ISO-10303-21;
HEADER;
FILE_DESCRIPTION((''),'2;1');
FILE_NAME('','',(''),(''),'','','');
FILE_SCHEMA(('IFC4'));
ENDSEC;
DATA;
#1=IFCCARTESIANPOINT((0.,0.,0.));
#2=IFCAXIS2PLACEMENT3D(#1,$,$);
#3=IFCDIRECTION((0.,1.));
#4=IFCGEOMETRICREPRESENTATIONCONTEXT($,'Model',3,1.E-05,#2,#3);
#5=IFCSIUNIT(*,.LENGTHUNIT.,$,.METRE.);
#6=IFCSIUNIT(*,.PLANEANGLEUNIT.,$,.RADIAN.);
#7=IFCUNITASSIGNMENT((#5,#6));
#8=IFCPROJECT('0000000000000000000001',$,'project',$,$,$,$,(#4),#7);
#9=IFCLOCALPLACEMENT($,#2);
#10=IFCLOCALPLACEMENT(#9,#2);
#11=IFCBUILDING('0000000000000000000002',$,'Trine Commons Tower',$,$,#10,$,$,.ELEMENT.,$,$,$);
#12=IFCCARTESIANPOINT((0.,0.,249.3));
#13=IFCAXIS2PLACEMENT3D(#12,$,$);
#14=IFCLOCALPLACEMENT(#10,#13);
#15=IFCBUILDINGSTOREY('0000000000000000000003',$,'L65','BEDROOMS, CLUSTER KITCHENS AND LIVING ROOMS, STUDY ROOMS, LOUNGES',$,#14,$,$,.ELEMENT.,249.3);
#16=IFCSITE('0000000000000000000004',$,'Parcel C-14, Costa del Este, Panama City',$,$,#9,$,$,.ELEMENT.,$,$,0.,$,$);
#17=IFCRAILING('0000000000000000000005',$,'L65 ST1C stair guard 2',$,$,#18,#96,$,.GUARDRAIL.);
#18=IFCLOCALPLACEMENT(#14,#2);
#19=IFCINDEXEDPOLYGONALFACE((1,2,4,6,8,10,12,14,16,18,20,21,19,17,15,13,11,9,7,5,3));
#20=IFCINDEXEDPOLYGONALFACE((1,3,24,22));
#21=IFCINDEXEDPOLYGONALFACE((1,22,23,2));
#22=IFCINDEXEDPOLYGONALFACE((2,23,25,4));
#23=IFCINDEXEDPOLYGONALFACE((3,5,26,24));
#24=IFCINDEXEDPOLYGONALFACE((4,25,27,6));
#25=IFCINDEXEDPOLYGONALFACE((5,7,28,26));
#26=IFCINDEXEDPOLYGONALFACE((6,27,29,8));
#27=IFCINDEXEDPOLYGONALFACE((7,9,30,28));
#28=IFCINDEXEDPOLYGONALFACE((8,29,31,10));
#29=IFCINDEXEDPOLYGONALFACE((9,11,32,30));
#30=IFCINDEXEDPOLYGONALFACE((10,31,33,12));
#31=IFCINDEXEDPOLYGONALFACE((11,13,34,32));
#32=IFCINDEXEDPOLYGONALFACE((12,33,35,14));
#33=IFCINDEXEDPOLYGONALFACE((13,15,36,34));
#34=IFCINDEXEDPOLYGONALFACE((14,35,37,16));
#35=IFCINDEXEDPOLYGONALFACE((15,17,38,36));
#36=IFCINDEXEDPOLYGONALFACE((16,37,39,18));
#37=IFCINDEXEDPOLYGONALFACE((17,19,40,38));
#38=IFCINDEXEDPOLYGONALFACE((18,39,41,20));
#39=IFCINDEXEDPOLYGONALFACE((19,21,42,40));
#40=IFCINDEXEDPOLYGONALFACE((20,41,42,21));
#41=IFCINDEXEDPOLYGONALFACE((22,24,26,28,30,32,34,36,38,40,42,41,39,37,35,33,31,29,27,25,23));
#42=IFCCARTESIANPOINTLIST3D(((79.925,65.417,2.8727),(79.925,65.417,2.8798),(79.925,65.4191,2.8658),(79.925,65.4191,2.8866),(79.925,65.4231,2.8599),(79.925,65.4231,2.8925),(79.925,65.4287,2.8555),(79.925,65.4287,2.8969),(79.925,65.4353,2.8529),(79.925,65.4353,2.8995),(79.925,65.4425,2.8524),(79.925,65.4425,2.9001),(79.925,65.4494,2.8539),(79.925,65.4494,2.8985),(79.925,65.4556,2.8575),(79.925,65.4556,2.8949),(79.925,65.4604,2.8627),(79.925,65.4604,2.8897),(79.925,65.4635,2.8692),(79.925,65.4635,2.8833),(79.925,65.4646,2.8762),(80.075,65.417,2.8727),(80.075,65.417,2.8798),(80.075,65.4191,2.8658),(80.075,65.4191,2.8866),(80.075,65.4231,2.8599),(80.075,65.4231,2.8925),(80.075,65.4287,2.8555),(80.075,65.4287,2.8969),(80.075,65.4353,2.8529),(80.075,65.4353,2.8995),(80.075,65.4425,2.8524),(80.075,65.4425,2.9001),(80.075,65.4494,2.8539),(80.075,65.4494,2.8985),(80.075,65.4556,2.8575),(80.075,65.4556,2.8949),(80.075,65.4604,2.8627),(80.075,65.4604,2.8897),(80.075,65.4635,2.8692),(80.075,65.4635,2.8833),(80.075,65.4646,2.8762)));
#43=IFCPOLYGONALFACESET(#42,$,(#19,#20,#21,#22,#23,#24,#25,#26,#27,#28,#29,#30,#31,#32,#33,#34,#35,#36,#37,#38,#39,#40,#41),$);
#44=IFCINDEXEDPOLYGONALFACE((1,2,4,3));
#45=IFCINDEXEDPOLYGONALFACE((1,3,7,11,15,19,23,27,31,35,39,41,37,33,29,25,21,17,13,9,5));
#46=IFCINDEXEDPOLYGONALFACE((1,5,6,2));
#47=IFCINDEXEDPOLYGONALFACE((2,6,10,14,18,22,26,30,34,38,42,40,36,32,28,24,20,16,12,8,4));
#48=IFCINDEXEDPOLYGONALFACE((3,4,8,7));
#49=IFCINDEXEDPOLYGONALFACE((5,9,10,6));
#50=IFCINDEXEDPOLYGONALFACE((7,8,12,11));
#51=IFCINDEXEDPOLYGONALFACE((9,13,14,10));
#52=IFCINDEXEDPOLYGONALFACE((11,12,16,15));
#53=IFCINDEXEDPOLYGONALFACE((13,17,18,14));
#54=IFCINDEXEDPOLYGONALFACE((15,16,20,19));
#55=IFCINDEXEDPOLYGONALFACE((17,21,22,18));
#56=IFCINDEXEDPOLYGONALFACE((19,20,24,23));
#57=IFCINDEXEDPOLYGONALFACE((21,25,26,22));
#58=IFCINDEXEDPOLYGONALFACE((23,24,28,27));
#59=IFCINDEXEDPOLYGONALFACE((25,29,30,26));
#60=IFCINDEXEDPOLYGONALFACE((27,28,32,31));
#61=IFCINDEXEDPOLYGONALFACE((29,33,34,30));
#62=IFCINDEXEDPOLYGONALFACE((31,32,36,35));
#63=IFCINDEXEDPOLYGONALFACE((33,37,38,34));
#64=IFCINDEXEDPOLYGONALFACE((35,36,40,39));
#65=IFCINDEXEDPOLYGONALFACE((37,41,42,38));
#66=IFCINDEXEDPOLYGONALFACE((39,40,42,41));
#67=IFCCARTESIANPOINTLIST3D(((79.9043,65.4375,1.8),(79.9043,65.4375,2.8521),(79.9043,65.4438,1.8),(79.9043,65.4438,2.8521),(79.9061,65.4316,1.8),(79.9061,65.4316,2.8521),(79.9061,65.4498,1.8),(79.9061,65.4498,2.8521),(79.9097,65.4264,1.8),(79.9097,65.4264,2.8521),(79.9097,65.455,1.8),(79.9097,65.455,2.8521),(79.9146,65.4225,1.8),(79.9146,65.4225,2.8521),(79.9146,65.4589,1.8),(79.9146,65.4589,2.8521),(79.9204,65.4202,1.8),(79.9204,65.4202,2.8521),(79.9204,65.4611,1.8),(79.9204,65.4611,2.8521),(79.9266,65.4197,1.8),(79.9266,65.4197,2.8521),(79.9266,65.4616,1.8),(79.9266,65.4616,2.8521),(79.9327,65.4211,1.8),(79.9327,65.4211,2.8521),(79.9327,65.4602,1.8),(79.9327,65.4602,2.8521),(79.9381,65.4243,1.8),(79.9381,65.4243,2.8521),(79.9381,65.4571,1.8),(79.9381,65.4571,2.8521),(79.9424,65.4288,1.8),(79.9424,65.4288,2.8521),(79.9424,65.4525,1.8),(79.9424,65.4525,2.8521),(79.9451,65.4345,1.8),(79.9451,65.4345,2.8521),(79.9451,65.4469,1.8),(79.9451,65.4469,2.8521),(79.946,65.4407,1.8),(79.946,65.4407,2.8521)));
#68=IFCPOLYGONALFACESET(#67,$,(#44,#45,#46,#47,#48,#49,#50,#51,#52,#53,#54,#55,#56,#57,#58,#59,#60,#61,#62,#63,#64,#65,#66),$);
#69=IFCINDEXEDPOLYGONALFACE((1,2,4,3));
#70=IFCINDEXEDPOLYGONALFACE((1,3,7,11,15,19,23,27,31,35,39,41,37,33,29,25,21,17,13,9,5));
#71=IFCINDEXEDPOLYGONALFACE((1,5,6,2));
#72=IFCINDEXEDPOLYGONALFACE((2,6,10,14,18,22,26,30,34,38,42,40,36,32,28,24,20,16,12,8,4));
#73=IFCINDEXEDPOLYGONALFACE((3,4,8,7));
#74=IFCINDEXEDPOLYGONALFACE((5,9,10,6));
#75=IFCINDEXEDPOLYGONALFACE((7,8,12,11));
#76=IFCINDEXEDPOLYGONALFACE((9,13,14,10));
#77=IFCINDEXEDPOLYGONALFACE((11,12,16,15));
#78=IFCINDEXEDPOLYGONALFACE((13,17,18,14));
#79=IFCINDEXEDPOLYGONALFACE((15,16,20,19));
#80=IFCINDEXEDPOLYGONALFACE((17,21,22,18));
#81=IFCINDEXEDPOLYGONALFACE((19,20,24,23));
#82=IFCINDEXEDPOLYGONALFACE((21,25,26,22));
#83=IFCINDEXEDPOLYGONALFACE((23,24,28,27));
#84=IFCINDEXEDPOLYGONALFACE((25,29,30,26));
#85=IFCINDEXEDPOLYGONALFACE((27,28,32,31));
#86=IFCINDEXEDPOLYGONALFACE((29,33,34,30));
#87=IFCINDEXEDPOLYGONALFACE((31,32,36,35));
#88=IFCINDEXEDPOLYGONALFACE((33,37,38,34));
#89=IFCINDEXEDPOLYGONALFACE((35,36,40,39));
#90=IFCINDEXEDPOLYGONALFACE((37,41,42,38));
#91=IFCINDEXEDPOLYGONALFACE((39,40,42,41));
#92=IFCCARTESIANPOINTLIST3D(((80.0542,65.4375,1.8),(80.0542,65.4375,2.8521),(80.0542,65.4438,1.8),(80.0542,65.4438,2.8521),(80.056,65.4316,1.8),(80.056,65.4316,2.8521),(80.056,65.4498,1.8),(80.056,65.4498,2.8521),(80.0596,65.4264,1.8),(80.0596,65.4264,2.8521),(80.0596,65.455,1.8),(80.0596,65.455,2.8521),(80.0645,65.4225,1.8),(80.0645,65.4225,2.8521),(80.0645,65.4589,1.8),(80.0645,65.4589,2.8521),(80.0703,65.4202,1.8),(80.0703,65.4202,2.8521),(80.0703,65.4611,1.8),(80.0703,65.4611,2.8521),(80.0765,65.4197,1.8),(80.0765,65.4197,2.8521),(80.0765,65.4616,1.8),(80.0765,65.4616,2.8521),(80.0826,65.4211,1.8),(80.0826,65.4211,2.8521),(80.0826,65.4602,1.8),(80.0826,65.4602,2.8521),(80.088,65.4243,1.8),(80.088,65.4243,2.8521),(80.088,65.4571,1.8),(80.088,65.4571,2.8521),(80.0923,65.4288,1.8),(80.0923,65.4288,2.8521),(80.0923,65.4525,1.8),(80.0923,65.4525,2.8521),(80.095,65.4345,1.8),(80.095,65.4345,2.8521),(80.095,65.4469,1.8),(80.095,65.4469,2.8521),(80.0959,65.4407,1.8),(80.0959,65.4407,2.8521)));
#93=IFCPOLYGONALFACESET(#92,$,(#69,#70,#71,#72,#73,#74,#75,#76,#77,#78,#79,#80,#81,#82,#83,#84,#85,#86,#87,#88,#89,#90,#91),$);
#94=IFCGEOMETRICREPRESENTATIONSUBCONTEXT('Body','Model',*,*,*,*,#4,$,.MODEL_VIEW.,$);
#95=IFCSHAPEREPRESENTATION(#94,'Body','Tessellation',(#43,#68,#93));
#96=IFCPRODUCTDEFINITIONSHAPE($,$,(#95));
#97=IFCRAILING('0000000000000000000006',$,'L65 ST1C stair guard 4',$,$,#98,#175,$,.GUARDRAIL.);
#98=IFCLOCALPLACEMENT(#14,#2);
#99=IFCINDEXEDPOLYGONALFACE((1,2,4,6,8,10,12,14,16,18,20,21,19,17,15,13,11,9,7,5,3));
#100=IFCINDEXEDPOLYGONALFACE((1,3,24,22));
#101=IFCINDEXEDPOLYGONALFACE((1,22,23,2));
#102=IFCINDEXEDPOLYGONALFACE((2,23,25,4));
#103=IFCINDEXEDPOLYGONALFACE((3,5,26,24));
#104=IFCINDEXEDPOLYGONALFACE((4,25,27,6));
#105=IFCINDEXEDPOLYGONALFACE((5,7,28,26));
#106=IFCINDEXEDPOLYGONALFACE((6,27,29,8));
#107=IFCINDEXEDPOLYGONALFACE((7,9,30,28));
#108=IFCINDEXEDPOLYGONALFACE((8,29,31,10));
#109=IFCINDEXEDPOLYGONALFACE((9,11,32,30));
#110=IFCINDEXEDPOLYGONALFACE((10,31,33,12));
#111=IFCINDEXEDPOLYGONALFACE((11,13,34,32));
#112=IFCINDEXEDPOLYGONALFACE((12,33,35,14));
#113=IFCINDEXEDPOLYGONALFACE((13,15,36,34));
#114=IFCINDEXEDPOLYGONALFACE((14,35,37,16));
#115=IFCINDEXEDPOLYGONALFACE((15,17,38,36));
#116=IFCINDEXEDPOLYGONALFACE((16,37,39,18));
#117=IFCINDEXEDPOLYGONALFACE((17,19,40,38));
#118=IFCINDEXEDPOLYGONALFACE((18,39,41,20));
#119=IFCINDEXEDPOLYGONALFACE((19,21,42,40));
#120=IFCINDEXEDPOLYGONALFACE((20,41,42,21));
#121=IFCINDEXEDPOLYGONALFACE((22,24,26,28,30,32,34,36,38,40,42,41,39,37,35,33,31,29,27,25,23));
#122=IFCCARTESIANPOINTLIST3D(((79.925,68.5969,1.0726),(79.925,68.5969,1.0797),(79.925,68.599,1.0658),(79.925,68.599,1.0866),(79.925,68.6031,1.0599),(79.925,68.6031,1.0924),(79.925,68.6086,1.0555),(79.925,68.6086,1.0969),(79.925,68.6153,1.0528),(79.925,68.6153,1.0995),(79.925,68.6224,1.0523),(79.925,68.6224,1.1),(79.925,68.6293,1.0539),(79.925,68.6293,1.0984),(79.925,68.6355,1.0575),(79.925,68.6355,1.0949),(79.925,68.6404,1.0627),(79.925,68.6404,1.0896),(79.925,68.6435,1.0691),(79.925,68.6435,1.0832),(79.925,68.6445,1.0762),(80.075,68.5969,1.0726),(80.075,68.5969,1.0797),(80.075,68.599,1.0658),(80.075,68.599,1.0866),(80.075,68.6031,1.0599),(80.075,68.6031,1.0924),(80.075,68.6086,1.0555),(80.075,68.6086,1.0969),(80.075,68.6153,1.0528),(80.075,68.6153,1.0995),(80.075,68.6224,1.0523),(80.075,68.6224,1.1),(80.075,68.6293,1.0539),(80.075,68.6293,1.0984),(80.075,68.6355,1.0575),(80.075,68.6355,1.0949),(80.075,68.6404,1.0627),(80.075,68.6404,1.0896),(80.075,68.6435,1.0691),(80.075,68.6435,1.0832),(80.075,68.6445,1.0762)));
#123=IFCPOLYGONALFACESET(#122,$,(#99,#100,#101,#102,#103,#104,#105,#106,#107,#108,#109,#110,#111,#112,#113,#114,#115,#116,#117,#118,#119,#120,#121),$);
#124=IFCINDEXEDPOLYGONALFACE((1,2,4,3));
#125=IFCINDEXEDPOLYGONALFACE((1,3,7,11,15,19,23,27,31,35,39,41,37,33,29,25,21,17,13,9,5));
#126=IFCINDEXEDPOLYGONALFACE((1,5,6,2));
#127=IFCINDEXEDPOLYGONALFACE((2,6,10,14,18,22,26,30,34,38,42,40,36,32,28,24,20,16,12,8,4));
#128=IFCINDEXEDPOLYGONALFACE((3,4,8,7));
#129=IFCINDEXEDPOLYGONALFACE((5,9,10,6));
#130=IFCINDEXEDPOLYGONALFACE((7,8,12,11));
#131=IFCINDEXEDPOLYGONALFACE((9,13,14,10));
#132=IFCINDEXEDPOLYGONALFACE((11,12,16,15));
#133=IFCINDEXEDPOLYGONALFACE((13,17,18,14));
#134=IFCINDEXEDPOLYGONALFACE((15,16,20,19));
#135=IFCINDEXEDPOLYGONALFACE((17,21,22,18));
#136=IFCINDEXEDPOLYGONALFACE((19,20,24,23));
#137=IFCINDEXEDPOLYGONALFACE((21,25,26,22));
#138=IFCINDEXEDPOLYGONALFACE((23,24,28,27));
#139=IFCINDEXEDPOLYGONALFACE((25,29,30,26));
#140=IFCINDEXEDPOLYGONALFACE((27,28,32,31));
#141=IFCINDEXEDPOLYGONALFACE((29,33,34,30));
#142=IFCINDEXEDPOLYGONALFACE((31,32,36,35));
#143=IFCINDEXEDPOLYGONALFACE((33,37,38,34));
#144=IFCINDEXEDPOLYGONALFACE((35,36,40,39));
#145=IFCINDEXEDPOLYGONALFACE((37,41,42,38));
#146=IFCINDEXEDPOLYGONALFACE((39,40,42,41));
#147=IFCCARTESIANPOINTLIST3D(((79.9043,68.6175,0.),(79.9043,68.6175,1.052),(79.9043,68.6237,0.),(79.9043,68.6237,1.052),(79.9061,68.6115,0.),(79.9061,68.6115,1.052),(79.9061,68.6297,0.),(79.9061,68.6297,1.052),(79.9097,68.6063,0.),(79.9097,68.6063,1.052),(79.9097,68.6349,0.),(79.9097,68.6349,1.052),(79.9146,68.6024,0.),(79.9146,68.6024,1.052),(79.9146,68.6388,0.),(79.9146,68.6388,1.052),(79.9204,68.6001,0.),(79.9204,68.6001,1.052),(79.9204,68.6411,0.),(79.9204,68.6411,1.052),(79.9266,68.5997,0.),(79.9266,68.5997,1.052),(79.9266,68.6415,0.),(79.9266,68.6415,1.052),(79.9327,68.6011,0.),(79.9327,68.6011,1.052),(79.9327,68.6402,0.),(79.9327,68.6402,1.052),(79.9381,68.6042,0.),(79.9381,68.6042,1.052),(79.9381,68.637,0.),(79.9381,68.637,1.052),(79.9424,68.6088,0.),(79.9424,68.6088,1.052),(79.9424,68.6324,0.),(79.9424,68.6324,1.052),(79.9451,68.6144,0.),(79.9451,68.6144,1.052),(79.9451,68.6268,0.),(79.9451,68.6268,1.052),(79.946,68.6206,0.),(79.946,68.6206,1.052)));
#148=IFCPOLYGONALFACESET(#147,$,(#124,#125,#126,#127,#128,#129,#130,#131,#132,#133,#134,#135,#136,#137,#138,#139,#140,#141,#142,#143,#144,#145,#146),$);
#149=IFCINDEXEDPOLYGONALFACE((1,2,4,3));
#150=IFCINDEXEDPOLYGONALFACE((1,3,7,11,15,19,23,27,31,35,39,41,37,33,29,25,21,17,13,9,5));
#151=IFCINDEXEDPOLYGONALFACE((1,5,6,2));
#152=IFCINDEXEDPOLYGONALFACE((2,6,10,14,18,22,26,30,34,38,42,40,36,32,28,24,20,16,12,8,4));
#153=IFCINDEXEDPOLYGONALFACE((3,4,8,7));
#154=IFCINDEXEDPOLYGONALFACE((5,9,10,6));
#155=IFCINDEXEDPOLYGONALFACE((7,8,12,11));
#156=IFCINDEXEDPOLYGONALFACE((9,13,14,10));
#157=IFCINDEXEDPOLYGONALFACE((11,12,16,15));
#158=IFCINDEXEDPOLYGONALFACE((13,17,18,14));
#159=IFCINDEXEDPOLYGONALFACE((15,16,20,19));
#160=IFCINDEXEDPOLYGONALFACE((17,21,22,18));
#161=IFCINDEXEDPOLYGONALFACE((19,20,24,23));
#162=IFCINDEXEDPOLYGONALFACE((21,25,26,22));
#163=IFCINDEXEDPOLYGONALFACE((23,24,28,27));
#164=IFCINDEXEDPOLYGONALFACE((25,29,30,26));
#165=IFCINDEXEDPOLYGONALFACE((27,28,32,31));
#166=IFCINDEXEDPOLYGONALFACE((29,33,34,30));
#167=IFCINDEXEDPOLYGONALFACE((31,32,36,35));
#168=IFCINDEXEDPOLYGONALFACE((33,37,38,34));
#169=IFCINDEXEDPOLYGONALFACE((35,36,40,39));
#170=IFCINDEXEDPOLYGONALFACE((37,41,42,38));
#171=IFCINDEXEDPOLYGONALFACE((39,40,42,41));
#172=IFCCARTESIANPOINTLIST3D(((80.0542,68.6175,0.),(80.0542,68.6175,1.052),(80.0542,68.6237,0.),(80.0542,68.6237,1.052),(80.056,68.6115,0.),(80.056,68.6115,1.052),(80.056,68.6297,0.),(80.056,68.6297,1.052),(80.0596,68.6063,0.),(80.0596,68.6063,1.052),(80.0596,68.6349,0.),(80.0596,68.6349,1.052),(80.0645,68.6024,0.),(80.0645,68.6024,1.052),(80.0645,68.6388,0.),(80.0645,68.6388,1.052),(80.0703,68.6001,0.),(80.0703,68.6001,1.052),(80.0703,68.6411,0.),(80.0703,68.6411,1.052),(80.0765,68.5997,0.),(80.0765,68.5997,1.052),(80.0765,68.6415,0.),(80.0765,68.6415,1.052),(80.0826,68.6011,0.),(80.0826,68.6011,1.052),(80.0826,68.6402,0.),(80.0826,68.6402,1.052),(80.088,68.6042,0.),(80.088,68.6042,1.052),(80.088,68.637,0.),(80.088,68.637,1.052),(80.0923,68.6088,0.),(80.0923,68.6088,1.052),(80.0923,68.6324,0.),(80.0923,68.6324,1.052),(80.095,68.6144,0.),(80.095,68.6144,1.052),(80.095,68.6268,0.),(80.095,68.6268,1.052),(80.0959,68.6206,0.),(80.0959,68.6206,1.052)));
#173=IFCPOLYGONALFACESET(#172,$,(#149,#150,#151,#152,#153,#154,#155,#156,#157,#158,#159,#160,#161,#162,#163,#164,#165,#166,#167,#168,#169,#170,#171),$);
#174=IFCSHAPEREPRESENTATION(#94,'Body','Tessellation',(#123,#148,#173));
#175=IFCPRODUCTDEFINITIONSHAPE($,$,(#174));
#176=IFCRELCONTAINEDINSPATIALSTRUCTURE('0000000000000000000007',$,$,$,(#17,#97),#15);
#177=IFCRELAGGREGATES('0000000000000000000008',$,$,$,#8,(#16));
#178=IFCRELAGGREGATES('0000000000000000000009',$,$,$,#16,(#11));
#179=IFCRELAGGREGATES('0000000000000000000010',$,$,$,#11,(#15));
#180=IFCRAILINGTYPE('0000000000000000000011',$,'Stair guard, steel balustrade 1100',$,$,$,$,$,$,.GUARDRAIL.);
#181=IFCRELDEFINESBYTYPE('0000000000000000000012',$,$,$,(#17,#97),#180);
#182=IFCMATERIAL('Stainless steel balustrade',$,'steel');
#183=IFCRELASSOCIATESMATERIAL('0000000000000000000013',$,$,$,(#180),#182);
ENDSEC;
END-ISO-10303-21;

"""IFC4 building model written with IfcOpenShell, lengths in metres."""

from ifc_helpers import new_model, si_unit, direction, frame, origin, origin_2d, place, context, subcontext, project, spatial, circle, extrude, material, type_object, element, save


model = new_model("IFC4")

# Units and contexts
model_context = context("Model", 3, precision=1e-05, world=origin(), true_north=direction((0.0, 1.0)))
body_context = subcontext(model_context, "Body", "Model", "MODEL_VIEW")
ifc_project = project(units=[si_unit("LENGTHUNIT", "METRE"), si_unit("PLANEANGLEUNIT", "RADIAN")], contexts=[model_context])

# Site, building, storey
site_placement = place(None, origin())
site = spatial("IfcSite", under=ifc_project, at=site_placement, Name="Parcel C-14, Costa del Este, Panama City", CompositionType="ELEMENT", RefElevation=0.0)
building_placement = place(site_placement, origin())
building = spatial("IfcBuilding", under=site, at=building_placement, Name="Trine Commons Tower", CompositionType="ELEMENT")
storey_placement = place(building_placement, frame((0.0, 0.0, 249.3)))
storey = spatial("IfcBuildingStorey", under=building, at=storey_placement, Name="L65", Description="BEDROOMS, CLUSTER KITCHENS AND LIVING ROOMS, STUDY ROOMS, LOUNGES", CompositionType="ELEMENT", Elevation=249.3)

# Railings
ifc_material_1 = material(Name="Stainless steel balustrade", Category="steel")
railing_type_1 = type_object("IfcRailingType", Name="Stair guard, steel balustrade 1100", PredefinedType="GUARDRAIL", material=ifc_material_1)
for number, where, name in (
    (1, (79.925, 65.4407, 1.8), "L65 ST1C stair guard 2"),
    (2, (79.925, 68.6206, 0.0), "L65 ST1C stair guard 4"),
):
    element("IfcRailing", number, at=place(storey_placement, frame(where)), inside=storey, type_object=railing_type_1, Name=name, PredefinedType="GUARDRAIL", context=body_context, shape_type="SweptSolid", body=[
        extrude(circle(Radius=0.0239, at=origin_2d()), frame((0.0, 0.0, 1.0762), z_axis=(1.0, 0.0, 0.0), x_axis=(0.0, 1.0, 0.0)), (0.0, 0.0, 1.0), 0.1499),
        extrude(circle(Radius=0.021, at=origin_2d()), origin(), (0.0, 0.0, 1.0), 1.052),
        extrude(circle(Radius=0.021, at=origin_2d()), frame((0.1499, 0.0, 0.0)), (0.0, 0.0, 1.0), 1.052),
    ])

save(model, "model.ifc")
